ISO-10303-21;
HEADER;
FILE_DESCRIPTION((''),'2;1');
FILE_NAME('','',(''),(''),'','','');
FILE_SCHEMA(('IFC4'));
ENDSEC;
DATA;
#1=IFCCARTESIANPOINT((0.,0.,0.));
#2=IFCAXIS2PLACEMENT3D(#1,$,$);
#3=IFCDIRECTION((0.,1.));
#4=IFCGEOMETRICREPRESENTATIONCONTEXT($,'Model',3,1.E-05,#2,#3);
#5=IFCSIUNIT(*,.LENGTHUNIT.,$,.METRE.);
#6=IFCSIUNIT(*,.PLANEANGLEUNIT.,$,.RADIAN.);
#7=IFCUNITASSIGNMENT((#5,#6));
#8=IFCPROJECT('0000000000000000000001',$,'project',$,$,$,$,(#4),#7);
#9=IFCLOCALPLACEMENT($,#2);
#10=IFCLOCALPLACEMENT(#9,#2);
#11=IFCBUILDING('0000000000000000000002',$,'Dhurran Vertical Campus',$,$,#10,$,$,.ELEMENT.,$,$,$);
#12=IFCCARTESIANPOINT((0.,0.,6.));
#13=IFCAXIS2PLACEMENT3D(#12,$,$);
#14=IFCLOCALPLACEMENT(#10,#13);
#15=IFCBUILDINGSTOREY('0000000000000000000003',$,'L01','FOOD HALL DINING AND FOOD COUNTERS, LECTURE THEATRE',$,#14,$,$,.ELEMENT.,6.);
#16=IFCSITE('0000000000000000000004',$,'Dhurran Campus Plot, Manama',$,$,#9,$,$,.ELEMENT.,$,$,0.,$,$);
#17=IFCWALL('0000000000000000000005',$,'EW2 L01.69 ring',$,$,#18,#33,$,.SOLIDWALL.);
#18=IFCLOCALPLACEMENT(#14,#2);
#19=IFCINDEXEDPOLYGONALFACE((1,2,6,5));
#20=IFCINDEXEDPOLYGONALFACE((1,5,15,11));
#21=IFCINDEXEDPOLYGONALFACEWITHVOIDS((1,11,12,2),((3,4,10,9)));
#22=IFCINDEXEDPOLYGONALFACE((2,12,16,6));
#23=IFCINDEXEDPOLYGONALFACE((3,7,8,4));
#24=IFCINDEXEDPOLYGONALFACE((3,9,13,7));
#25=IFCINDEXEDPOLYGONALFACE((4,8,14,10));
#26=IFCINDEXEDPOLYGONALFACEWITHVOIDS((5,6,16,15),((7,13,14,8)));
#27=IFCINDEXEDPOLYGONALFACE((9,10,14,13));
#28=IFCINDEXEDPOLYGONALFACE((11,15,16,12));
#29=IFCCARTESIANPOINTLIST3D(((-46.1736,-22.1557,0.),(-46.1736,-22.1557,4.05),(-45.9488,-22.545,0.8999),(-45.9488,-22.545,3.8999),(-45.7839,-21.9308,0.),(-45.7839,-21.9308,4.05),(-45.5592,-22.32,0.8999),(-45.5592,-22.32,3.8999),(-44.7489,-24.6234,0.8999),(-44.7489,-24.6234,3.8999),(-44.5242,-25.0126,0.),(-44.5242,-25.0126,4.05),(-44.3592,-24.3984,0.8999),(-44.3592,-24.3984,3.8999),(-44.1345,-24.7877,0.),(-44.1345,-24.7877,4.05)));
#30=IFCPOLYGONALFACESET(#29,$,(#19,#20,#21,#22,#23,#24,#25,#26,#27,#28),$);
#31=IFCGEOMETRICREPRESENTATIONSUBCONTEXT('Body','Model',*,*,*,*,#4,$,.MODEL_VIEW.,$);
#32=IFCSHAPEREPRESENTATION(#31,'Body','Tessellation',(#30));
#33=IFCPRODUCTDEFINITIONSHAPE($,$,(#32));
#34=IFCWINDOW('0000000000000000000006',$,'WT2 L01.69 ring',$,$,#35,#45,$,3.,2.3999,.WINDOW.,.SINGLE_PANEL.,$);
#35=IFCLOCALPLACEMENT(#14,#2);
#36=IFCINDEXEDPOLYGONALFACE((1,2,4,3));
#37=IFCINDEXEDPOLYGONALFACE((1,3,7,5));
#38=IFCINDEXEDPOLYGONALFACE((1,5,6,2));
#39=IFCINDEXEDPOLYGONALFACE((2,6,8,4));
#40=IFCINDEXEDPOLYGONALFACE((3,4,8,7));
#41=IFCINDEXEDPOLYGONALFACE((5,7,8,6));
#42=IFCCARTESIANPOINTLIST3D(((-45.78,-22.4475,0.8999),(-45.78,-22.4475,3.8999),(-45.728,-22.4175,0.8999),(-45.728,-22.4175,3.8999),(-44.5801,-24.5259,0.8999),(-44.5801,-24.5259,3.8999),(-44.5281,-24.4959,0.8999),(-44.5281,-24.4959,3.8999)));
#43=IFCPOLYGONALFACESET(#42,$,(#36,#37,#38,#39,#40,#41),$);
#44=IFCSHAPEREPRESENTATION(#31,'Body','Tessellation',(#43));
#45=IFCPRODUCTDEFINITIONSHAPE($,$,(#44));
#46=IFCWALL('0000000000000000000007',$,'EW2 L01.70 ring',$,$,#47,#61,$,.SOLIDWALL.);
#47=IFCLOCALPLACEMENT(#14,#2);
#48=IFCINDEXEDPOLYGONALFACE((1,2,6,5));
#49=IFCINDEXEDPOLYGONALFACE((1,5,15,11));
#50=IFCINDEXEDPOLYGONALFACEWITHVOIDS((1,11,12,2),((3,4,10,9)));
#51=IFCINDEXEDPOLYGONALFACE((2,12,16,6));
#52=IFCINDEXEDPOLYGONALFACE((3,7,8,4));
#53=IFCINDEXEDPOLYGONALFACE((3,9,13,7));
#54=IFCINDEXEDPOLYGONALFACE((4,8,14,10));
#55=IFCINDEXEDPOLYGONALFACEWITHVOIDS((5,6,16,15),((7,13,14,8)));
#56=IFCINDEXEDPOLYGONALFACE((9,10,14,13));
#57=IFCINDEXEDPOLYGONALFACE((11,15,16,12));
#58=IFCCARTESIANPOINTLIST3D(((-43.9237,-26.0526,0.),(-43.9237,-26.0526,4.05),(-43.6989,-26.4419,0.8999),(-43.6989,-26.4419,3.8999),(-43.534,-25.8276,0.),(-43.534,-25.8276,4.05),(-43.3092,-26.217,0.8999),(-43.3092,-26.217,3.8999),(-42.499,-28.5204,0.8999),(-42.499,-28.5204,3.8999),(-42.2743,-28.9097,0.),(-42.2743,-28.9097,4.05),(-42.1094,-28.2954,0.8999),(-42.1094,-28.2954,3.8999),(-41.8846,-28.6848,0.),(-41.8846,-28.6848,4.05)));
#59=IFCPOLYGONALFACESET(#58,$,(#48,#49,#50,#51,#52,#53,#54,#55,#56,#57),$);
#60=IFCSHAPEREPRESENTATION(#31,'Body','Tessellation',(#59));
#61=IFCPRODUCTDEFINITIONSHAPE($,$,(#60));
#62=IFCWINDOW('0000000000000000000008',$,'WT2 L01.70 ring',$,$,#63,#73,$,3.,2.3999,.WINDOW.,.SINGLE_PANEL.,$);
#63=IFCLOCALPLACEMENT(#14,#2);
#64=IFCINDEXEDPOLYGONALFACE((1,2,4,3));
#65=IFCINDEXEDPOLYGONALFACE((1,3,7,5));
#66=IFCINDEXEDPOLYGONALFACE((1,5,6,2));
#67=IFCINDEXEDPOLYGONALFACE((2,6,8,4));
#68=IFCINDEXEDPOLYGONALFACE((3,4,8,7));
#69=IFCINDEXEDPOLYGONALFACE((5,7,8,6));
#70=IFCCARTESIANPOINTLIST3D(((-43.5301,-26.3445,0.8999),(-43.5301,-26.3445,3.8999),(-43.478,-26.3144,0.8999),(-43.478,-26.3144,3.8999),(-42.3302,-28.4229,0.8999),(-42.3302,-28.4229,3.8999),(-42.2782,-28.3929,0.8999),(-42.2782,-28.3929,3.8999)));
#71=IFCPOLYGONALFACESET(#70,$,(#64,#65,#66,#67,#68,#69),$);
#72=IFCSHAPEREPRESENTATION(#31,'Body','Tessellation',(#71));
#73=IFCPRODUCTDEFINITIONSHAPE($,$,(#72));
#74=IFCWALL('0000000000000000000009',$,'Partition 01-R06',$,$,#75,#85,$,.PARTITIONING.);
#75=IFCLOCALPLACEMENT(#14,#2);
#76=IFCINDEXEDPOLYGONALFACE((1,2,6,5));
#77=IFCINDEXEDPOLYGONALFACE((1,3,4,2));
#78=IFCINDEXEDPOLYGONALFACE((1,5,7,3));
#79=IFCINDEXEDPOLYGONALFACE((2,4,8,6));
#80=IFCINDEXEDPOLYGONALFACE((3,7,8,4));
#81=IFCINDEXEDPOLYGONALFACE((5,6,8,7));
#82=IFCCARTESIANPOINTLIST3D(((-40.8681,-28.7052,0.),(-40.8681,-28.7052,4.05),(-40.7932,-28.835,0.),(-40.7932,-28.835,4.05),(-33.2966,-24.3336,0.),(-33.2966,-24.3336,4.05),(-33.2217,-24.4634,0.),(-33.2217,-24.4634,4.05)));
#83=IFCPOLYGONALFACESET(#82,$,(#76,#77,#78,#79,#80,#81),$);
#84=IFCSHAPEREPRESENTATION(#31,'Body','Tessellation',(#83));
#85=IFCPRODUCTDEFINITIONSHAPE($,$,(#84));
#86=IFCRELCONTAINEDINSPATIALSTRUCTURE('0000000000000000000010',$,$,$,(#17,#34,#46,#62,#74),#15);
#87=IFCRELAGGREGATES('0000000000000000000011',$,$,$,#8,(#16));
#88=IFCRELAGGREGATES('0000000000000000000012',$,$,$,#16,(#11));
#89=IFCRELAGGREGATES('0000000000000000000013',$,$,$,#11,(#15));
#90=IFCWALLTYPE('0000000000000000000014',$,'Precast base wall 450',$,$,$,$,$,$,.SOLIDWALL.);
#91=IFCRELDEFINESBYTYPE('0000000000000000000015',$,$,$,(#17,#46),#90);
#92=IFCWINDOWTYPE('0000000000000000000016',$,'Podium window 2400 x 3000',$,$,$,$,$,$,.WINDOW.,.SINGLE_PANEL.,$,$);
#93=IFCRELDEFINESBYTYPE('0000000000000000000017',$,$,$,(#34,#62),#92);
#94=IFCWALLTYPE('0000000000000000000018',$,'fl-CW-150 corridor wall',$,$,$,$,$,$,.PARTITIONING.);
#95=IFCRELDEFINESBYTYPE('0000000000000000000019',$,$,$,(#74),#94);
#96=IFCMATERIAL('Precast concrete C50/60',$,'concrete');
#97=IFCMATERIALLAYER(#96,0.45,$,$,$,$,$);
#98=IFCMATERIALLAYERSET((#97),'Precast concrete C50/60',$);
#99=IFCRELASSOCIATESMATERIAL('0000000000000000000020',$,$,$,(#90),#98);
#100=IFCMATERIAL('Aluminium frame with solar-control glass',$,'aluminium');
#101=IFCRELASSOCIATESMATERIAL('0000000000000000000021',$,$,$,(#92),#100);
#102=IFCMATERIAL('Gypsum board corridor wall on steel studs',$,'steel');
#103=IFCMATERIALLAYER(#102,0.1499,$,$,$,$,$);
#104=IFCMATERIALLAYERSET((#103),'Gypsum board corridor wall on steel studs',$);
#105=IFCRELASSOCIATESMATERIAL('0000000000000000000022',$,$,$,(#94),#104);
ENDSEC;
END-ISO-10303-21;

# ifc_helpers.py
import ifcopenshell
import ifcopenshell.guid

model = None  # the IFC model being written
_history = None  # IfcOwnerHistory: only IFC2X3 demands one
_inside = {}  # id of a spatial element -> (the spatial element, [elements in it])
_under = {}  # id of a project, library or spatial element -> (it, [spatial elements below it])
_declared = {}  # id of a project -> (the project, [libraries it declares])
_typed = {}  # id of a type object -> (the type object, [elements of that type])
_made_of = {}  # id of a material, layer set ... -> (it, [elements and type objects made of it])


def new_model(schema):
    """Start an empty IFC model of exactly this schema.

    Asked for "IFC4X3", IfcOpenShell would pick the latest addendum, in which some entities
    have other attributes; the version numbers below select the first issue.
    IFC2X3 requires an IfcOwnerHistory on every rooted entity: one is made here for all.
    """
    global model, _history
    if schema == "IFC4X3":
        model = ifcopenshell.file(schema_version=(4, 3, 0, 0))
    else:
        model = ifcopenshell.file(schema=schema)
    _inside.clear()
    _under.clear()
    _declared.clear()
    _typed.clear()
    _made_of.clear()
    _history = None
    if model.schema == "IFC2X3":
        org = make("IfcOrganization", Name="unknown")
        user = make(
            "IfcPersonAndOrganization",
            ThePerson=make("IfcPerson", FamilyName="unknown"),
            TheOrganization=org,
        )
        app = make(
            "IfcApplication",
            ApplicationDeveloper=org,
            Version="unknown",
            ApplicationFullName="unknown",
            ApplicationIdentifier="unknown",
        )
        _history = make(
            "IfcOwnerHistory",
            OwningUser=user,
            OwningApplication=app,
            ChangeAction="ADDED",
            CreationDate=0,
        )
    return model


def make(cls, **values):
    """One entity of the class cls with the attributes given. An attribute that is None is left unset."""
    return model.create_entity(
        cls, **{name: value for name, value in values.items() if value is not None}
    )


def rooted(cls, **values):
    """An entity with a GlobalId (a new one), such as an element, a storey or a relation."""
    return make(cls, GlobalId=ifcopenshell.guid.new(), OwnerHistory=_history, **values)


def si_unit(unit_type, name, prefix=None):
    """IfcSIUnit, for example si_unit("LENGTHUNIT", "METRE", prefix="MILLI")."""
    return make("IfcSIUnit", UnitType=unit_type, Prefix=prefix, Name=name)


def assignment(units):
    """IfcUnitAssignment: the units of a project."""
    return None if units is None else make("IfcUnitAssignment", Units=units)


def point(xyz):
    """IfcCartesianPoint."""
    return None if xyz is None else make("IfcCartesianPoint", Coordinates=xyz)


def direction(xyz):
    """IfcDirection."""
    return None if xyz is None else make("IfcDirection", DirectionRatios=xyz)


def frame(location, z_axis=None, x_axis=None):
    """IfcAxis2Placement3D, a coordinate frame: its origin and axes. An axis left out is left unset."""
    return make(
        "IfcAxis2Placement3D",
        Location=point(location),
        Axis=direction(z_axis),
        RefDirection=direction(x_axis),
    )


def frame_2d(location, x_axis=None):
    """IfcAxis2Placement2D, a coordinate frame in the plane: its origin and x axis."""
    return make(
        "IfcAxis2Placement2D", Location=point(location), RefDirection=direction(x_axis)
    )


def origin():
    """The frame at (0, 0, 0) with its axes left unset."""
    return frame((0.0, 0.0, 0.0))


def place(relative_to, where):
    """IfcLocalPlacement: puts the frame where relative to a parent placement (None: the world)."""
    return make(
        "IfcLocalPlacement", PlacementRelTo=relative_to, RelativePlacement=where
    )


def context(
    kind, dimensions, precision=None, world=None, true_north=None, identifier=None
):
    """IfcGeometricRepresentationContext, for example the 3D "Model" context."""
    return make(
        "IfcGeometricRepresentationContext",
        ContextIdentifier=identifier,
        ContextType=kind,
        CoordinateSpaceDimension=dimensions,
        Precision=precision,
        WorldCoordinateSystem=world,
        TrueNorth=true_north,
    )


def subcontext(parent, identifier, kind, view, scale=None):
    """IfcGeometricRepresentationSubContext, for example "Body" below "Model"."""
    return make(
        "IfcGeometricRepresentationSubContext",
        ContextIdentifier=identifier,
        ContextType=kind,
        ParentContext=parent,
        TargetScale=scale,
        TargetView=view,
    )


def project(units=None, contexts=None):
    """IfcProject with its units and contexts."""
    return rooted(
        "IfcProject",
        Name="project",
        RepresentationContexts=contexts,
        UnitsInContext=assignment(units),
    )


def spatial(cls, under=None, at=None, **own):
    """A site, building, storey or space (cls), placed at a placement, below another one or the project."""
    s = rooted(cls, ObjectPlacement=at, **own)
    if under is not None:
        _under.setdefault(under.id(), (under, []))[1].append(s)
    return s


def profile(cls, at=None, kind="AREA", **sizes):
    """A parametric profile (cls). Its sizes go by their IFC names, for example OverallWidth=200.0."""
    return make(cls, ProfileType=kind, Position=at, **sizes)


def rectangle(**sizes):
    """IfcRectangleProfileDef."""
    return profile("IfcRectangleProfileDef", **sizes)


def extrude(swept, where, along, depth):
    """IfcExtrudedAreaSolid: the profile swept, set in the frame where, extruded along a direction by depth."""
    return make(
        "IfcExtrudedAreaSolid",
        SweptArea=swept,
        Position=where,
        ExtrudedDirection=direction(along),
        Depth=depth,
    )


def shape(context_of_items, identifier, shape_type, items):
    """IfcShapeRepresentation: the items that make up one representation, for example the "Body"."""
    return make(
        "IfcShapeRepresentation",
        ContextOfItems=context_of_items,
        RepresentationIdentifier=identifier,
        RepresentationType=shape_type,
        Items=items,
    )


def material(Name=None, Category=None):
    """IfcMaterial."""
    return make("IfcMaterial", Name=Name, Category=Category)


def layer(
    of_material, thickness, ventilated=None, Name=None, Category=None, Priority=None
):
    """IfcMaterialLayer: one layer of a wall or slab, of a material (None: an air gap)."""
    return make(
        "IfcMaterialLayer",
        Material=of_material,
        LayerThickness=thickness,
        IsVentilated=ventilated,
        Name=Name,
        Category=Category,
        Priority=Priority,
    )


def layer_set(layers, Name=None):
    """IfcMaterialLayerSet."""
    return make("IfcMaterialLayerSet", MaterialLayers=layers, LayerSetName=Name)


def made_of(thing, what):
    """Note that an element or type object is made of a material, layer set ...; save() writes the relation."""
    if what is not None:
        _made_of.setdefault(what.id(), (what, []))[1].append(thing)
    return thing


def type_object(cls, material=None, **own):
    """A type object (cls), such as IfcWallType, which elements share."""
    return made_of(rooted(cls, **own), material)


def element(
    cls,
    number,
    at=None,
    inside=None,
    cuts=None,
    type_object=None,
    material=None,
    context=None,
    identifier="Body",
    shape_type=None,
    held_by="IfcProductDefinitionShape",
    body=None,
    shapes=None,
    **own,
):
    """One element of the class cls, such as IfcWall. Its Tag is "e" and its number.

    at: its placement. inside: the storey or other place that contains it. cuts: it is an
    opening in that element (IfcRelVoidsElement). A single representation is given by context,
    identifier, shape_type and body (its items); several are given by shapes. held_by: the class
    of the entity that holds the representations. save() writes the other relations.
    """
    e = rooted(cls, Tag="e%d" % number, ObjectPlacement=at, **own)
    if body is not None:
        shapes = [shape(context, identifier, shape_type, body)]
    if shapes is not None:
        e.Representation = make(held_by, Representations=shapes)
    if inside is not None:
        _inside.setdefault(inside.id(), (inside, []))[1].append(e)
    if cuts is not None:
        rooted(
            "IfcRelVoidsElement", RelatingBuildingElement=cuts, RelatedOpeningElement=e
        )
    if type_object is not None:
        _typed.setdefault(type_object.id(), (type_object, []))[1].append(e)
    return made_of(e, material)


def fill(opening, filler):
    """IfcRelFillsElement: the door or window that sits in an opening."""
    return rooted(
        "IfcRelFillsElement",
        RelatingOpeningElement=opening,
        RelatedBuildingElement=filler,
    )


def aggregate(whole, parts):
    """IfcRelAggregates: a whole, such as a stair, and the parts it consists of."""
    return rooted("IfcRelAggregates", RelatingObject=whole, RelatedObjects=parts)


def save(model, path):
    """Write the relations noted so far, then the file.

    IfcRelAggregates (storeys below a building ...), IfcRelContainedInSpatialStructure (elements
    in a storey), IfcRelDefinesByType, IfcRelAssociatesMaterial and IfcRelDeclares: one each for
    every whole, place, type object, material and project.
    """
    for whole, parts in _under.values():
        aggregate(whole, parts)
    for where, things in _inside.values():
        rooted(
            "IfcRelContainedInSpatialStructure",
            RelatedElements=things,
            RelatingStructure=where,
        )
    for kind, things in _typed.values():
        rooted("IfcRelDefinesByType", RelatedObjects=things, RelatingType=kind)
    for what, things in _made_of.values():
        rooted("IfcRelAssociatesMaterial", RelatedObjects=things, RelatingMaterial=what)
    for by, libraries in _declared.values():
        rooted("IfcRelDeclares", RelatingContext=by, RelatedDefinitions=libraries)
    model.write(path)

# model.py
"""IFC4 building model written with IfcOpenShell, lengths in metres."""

from ifc_helpers import new_model, si_unit, direction, frame, frame_2d, origin, place, context, subcontext, project, spatial, rectangle, extrude, material, layer, layer_set, type_object, element, fill, save


model = new_model("IFC4")

# Units and contexts
model_context = context("Model", 3, precision=1e-05, world=origin(), true_north=direction((0.0, 1.0)))
body_context = subcontext(model_context, "Body", "Model", "MODEL_VIEW")
ifc_project = project(units=[si_unit("LENGTHUNIT", "METRE"), si_unit("PLANEANGLEUNIT", "RADIAN")], contexts=[model_context])

# Site, building, storey
site_placement = place(None, origin())
site = spatial("IfcSite", under=ifc_project, at=site_placement, Name="Dhurran Campus Plot, Manama", CompositionType="ELEMENT", RefElevation=0.0)
building_placement = place(site_placement, origin())
building = spatial("IfcBuilding", under=site, at=building_placement, Name="Dhurran Vertical Campus", CompositionType="ELEMENT")
storey_placement = place(building_placement, frame((0.0, 0.0, 6.0)))
storey = spatial("IfcBuildingStorey", under=building, at=storey_placement, Name="L01", Description="FOOD HALL DINING AND FOOD COUNTERS, LECTURE THEATRE", CompositionType="ELEMENT", Elevation=6.0)

# Walls, openings, windows
ifc_material_1 = material(Name="Precast concrete C50/60", Category="concrete")
ifc_layer_1 = layer(ifc_material_1, 0.45)
ifc_layer_set_1 = layer_set([ifc_layer_1], Name="Precast concrete C50/60")
wall_type_1 = type_object("IfcWallType", Name="Precast base wall 450", PredefinedType="SOLIDWALL", material=ifc_layer_set_1)
wall_1_placement = place(storey_placement, frame((-44.3293, -24.9001, 0.0), z_axis=(0.0, 0.0, 1.0), x_axis=(-0.499992, 0.86603, 0.0)))
wall_1 = element("IfcWall", 1, at=wall_1_placement, inside=storey, type_object=wall_type_1, Name="EW2 L01.69 ring", PredefinedType="SOLIDWALL", context=body_context, shape_type="SweptSolid", body=[
    extrude(rectangle(XDim=3.2988, YDim=0.45, at=frame_2d((1.6494, 0.0))), origin(), (0.0, 0.0, 1.0), 4.05),
])
opening_1_placement = place(wall_1_placement, frame((0.4495, 0.0, 0.8999)))
opening_1 = element("IfcOpeningElement", 2, at=opening_1_placement, cuts=wall_1, PredefinedType="OPENING", context=body_context, shape_type="SweptSolid", body=[
    extrude(rectangle(XDim=2.3999, YDim=3.0, at=frame_2d((1.2, 1.5))), frame((0.0, 0.2349, 0.0), z_axis=(0.0, -1.0, 0.0), x_axis=(1.0, 0.0, 0.0)), (0.0, 0.0, 1.0), 0.47),
])
ifc_material_2 = material(Name="Aluminium frame with solar-control glass", Category="aluminium")
window_type = type_object("IfcWindowType", Name="Podium window 2400 x 3000", PartitioningType="SINGLE_PANEL", PredefinedType="WINDOW", material=ifc_material_2)
window_1_placement = place(opening_1_placement, origin())
window_1 = element("IfcWindow", 3, at=window_1_placement, inside=storey, type_object=window_type, Name="WT2 L01.69 ring", OverallHeight=3.0, OverallWidth=2.3999, PartitioningType="SINGLE_PANEL", PredefinedType="WINDOW", context=body_context, shape_type="SweptSolid", body=[
    extrude(rectangle(XDim=2.3999, YDim=3.0, at=frame_2d((1.2, 1.5))), frame((0.0, 0.03, 0.0), z_axis=(0.0, -1.0, 0.0), x_axis=(1.0, 0.0, 0.0)), (0.0, 0.0, 1.0), 0.0601),
])
fill(opening_1, window_1)
wall_2_placement = place(storey_placement, frame((-43.7288, -25.9402, 0.0), z_axis=(0.0, 0.0, 1.0), x_axis=(0.499959, -0.866049, 0.0)))
wall_2 = element("IfcWall", 4, at=wall_2_placement, inside=storey, type_object=wall_type_1, Name="EW2 L01.70 ring", PredefinedType="SOLIDWALL", context=body_context, shape_type="SweptSolid", body=[
    extrude(rectangle(XDim=3.2991, YDim=0.45, at=frame_2d((1.6494, 0.0))), origin(), (0.0, 0.0, 1.0), 4.05),
])
opening_2_placement = place(wall_2_placement, frame((0.4495, 0.0, 0.8999)))
opening_2 = element("IfcOpeningElement", 5, at=opening_2_placement, cuts=wall_2, PredefinedType="OPENING", context=body_context, shape_type="SweptSolid", body=[
    extrude(rectangle(XDim=2.3999, YDim=3.0, at=frame_2d((1.2, 1.5))), frame((0.0, 0.2349, 0.0), z_axis=(0.0, -1.0, 0.0), x_axis=(1.0, 0.0, 0.0)), (0.0, 0.0, 1.0), 0.47),
])
window_2_placement = place(opening_2_placement, origin())
window_2 = element("IfcWindow", 6, at=window_2_placement, inside=storey, type_object=window_type, Name="WT2 L01.70 ring", OverallHeight=3.0, OverallWidth=2.3999, PartitioningType="SINGLE_PANEL", PredefinedType="WINDOW", context=body_context, shape_type="SweptSolid", body=[
    extrude(rectangle(XDim=2.3999, YDim=3.0, at=frame_2d((1.2, 1.5))), frame((0.0, 0.03, 0.0), z_axis=(0.0, -1.0, 0.0), x_axis=(1.0, 0.0, 0.0)), (0.0, 0.0, 1.0), 0.0601),
])
fill(opening_2, window_2)

# Wall
ifc_material_3 = material(Name="Gypsum board corridor wall on steel studs", Category="steel")
ifc_layer_2 = layer(ifc_material_3, 0.1499)
ifc_layer_set_2 = layer_set([ifc_layer_2], Name="Gypsum board corridor wall on steel studs")
wall_type_2 = type_object("IfcWallType", Name="fl-CW-150 corridor wall", PredefinedType="PARTITIONING", material=ifc_layer_set_2)
wall_3_placement = place(storey_placement, frame((-33.259, -24.3984, 0.0), z_axis=(0.0, 0.0, 1.0), x_axis=(-0.866018, -0.500013, 0.0)))
element("IfcWall", 7, at=wall_3_placement, inside=storey, type_object=wall_type_2, Name="Partition 01-R06", PredefinedType="PARTITIONING", context=body_context, shape_type="SweptSolid", body=[
    extrude(rectangle(XDim=8.7429, YDim=0.1499, at=frame_2d((4.3716, 0.0))), origin(), (0.0, 0.0, 1.0), 4.05),
])

save(model, "model.ifc")
